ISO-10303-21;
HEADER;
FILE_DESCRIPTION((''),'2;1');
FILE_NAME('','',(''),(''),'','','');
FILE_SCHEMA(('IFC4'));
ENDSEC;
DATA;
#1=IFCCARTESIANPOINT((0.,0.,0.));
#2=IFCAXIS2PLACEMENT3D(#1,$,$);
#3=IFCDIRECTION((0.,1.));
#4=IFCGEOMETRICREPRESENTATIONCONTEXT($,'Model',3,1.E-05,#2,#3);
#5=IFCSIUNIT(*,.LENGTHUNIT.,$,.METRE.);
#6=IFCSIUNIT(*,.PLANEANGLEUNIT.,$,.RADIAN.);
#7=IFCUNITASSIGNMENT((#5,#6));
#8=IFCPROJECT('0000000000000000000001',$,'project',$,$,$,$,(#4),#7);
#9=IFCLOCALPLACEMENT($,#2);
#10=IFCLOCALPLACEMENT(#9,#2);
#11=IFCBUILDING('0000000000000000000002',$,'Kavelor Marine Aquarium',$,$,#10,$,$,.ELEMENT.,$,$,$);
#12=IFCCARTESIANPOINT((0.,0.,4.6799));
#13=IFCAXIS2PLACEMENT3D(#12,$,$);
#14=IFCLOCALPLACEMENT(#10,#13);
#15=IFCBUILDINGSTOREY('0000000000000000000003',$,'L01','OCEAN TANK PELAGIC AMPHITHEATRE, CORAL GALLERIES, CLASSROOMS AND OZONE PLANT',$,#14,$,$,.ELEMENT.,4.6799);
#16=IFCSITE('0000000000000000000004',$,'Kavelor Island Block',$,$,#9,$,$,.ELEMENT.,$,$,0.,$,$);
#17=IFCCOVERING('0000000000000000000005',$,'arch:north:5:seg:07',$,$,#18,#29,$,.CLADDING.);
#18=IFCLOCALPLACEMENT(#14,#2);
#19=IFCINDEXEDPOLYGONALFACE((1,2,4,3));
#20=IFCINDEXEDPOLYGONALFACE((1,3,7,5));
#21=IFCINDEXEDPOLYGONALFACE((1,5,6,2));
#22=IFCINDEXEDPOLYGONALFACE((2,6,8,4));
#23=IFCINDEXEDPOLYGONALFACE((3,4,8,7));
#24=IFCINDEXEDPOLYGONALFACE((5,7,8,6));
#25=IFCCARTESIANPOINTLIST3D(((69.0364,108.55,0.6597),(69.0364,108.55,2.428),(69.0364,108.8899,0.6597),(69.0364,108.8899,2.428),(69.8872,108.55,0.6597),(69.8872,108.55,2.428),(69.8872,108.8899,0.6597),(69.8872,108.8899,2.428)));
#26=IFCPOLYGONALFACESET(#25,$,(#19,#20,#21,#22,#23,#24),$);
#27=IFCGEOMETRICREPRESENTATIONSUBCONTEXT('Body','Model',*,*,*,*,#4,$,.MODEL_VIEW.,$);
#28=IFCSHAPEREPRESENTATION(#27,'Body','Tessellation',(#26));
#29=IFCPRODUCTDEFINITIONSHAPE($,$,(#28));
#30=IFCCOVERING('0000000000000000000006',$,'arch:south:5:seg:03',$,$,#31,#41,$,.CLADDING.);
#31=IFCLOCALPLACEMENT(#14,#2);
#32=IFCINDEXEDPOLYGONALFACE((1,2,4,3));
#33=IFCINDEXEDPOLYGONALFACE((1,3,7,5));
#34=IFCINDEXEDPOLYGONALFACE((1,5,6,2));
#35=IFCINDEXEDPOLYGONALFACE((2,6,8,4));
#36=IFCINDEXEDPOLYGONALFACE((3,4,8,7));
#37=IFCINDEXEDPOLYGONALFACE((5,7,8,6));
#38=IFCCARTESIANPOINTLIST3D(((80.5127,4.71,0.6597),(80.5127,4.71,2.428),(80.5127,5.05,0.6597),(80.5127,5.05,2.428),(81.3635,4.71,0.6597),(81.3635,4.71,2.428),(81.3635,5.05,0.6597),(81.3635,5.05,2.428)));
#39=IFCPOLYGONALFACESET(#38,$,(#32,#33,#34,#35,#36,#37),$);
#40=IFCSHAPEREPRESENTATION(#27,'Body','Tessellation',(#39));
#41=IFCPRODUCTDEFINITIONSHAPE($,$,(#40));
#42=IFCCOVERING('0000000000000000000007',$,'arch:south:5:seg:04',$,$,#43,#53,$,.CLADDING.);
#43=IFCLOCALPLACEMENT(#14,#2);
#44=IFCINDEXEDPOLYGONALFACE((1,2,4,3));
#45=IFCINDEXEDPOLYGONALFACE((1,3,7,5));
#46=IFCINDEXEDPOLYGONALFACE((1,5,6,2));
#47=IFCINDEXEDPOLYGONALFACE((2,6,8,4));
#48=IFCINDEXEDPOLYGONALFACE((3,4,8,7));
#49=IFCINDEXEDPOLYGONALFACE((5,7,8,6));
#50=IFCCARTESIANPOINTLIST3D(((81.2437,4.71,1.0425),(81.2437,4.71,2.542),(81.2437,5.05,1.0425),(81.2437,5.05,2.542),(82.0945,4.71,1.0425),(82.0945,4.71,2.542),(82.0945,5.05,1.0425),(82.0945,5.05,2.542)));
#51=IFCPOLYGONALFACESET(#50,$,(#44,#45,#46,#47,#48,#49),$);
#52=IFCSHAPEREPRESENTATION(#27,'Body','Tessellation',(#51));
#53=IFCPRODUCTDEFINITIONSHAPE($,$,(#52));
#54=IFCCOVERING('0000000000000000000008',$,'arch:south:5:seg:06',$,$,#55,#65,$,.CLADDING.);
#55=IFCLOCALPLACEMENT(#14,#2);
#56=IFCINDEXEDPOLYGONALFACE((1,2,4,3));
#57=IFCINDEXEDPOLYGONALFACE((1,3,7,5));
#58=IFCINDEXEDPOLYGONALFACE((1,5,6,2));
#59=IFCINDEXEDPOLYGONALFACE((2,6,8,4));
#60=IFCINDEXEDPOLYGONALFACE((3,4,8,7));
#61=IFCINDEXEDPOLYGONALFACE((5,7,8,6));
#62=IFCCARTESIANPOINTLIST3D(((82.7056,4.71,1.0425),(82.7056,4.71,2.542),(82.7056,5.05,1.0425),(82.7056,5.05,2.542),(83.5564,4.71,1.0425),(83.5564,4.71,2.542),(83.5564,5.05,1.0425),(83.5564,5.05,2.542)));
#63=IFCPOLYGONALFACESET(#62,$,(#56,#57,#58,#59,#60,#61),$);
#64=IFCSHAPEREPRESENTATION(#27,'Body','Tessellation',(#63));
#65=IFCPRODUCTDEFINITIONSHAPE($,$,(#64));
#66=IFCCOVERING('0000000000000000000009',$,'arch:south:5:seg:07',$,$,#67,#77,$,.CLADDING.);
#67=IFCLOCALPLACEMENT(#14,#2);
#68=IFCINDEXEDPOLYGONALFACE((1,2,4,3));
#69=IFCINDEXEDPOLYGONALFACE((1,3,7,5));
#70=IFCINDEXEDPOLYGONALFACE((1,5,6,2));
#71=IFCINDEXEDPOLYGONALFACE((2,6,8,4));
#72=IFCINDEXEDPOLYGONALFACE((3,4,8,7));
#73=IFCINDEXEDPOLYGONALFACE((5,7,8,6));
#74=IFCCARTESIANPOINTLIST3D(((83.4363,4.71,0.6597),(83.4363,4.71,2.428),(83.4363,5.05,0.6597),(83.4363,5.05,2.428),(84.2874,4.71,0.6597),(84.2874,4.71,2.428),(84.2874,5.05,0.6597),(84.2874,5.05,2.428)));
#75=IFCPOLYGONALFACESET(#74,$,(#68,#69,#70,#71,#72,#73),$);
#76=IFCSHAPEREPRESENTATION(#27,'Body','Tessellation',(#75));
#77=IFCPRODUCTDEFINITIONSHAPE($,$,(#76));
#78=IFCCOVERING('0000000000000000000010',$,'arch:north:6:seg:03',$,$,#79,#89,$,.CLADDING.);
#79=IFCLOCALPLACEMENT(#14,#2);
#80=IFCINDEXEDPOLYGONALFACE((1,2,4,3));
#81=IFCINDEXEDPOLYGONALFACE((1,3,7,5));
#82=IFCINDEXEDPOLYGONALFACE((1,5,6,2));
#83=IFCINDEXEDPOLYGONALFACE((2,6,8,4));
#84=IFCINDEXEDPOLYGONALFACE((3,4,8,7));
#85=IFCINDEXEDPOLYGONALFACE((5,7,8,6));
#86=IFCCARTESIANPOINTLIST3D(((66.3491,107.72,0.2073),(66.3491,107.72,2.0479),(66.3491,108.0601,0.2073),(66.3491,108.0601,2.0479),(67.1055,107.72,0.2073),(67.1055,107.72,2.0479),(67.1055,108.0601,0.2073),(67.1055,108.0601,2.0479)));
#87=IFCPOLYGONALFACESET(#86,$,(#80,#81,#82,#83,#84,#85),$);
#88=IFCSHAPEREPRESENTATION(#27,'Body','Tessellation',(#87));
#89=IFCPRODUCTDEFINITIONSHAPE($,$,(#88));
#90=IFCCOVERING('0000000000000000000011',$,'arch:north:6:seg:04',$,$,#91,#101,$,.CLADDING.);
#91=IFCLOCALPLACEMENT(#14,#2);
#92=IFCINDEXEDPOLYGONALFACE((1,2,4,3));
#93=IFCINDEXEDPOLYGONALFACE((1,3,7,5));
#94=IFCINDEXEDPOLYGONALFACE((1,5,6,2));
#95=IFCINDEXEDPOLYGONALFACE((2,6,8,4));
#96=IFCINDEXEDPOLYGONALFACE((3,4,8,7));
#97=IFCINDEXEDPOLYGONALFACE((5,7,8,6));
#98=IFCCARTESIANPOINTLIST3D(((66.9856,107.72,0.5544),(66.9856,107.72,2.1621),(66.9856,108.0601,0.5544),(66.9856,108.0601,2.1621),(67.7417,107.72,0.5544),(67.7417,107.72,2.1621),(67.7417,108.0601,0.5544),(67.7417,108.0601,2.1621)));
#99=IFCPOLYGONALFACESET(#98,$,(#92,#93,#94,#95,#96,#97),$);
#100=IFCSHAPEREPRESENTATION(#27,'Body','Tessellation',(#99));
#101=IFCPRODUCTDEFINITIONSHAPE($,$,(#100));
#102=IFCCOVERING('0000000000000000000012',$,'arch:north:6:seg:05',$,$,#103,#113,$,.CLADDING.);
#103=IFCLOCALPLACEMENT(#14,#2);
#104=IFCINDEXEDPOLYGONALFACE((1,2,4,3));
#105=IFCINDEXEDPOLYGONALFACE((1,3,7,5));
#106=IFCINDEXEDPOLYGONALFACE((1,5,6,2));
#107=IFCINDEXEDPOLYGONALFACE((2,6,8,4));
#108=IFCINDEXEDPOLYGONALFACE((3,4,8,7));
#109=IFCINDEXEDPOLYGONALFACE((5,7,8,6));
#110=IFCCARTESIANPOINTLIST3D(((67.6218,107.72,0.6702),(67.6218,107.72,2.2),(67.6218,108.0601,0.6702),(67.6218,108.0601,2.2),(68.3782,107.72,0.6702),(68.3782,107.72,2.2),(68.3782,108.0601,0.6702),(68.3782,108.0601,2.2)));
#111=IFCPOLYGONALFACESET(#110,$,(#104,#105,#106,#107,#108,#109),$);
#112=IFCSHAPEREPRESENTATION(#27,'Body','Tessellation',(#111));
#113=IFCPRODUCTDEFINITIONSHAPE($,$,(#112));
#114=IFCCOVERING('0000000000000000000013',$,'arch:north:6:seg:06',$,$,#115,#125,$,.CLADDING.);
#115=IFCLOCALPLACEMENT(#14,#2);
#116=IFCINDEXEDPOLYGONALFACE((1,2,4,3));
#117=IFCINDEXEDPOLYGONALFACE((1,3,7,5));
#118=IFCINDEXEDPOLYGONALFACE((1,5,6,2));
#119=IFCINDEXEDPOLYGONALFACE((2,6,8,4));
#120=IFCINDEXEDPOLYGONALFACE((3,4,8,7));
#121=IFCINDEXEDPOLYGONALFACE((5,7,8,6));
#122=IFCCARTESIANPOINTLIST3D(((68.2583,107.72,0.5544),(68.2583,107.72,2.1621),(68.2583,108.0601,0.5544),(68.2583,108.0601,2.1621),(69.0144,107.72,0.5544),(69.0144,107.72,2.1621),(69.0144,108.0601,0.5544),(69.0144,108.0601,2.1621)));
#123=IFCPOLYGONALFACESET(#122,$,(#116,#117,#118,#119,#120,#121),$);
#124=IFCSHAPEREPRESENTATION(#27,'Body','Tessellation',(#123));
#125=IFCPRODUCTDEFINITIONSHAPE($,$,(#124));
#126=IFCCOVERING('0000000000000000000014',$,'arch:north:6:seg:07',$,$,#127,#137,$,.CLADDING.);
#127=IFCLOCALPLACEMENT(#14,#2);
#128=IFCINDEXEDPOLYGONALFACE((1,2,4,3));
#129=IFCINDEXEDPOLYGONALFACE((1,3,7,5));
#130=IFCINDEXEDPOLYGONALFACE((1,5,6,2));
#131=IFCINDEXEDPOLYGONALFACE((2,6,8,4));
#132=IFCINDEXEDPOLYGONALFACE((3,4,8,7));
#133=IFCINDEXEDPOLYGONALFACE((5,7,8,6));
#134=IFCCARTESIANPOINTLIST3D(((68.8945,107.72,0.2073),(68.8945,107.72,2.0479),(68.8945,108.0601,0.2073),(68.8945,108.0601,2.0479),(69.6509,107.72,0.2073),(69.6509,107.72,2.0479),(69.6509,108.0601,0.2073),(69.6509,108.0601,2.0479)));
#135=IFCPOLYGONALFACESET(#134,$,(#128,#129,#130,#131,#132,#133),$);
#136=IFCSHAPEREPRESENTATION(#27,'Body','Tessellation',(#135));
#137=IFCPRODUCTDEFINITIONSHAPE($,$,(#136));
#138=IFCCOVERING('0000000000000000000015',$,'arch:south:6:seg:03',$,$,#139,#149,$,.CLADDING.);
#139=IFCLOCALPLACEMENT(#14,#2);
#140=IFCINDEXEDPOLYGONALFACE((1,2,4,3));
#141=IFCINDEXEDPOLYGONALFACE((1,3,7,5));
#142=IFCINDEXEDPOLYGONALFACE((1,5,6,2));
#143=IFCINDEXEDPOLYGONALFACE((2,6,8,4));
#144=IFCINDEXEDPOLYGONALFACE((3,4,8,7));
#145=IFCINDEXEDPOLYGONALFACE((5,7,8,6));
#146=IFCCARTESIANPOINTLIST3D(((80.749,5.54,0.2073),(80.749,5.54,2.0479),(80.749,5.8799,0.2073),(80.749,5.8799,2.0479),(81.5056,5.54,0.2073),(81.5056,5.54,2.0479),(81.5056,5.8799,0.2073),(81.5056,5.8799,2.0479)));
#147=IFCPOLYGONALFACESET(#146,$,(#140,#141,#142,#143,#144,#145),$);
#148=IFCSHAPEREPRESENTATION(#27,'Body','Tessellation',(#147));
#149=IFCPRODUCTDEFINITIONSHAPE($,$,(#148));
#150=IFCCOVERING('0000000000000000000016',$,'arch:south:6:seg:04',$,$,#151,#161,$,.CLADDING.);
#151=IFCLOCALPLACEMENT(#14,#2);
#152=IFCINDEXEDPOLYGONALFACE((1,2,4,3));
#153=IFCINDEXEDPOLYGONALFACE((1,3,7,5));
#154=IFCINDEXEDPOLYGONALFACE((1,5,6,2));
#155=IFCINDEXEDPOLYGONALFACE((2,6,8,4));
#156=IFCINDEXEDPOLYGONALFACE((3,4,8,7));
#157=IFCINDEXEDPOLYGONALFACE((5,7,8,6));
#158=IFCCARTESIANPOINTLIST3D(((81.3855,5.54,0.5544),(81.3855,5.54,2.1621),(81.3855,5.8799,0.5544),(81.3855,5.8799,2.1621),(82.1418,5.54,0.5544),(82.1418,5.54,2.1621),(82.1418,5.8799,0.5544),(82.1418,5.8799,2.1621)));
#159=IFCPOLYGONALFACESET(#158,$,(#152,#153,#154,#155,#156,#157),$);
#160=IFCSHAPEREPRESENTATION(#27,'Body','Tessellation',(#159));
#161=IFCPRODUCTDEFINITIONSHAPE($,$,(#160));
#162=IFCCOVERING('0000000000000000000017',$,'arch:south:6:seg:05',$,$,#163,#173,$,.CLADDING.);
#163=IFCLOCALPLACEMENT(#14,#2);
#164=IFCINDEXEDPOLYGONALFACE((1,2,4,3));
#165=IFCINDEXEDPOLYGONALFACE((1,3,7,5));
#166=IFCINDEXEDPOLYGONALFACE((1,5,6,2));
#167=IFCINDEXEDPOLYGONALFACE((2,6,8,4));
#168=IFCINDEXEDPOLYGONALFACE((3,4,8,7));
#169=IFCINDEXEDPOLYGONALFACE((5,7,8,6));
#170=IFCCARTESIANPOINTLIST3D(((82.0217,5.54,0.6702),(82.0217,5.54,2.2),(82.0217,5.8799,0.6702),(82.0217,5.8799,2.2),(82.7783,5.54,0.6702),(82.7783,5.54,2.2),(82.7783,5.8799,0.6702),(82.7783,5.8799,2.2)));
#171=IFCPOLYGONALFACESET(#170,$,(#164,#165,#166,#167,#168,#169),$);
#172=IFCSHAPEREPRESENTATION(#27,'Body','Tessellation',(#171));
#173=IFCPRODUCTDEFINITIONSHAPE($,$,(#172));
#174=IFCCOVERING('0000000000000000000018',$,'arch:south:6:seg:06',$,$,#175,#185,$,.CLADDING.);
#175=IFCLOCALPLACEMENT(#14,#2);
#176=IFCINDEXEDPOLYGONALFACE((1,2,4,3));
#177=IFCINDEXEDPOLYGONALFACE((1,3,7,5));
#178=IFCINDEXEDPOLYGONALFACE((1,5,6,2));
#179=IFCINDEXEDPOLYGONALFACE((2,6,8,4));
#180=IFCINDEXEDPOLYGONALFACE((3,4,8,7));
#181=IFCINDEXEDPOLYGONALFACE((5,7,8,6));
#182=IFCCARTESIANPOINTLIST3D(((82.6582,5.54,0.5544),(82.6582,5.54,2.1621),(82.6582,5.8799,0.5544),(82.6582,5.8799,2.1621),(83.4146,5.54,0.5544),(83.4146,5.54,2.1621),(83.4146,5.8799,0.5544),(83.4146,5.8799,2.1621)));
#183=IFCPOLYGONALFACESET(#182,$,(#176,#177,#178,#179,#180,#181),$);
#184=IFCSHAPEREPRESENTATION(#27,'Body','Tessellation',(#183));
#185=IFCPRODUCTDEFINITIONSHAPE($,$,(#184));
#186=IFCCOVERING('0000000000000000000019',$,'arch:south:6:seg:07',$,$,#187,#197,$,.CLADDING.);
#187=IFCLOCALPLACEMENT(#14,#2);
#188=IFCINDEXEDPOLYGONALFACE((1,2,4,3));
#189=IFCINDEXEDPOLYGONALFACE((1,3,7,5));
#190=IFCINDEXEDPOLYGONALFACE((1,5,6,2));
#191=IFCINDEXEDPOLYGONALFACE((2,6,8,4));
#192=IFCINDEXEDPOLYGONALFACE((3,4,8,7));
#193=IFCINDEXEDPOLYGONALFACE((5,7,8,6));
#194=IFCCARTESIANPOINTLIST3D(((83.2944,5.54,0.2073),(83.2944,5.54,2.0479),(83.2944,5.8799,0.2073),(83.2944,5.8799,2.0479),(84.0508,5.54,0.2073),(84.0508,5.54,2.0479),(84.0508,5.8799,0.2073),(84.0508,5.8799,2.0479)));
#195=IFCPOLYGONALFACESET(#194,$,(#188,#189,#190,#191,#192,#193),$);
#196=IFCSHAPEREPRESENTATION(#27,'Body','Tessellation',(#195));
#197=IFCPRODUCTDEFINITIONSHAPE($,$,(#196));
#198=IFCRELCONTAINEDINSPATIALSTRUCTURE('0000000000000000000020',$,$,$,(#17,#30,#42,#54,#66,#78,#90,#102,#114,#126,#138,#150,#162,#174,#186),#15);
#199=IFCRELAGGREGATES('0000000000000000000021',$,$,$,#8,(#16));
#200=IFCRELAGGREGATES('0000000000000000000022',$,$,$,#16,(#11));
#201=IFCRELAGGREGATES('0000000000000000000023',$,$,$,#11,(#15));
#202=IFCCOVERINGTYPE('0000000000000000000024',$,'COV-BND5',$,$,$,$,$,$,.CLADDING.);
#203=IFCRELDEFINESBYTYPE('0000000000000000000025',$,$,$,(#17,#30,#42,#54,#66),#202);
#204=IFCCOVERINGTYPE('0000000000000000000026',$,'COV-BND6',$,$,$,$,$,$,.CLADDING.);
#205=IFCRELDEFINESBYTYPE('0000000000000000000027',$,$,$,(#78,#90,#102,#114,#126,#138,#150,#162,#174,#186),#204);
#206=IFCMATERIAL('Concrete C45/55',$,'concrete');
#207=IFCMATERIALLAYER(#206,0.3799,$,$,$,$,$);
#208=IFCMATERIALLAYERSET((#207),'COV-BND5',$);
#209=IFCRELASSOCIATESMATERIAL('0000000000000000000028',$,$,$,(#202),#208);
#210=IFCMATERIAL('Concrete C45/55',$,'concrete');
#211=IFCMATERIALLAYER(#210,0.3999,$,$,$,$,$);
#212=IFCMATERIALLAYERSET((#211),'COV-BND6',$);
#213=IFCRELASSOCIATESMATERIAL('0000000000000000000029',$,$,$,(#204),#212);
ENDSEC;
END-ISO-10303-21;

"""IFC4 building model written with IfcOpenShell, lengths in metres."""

from ifc_helpers import new_model, si_unit, direction, frame, origin, place, context, subcontext, project, spatial, polyline, outline, extrude, material, layer, layer_set, type_object, element, save


model = new_model("IFC4")

# Units and contexts
model_context = context("Model", 3, precision=1e-05, world=origin(), true_north=direction((0.0, 1.0)))
body_context = subcontext(model_context, "Body", "Model", "MODEL_VIEW")
ifc_project = project(units=[si_unit("LENGTHUNIT", "METRE"), si_unit("PLANEANGLEUNIT", "RADIAN")], contexts=[model_context])

# Site, building, storey
site_placement = place(None, origin())
site = spatial("IfcSite", under=ifc_project, at=site_placement, Name="Kavelor Island Block", CompositionType="ELEMENT", RefElevation=0.0)
building_placement = place(site_placement, origin())
building = spatial("IfcBuilding", under=site, at=building_placement, Name="Kavelor Marine Aquarium", CompositionType="ELEMENT")
storey_placement = place(building_placement, frame((0.0, 0.0, 4.6799)))
storey = spatial("IfcBuildingStorey", under=building, at=storey_placement, Name="L01", Description="OCEAN TANK PELAGIC AMPHITHEATRE, CORAL GALLERIES, CLASSROOMS AND OZONE PLANT", CompositionType="ELEMENT", Elevation=4.6799)

# Coverings
ifc_material_1 = material(Name="Concrete C45/55", Category="concrete")
ifc_layer_1 = layer(ifc_material_1, 0.3799)
ifc_layer_set_1 = layer_set([ifc_layer_1], Name="COV-BND5")
covering_type_1 = type_object("IfcCoveringType", Name="COV-BND5", PredefinedType="CLADDING", material=ifc_layer_set_1)
covering_1_placement = place(storey_placement, frame((0.0, 0.0, 0.6597)))
element("IfcCovering", 1, at=covering_1_placement, inside=storey, type_object=covering_type_1, Name="arch:north:5:seg:07", PredefinedType="CLADDING", context=body_context, shape_type="SweptSolid", body=[
    extrude(outline(polyline([(69.0364, 108.55), (69.8872, 108.55), (69.8872, 108.8899), (69.0364, 108.8899), (69.0364, 108.55)])), origin(), (0.0, 0.0, 1.0), 1.7683),
])
covering_2_placement = place(storey_placement, frame((0.0, 0.0, 0.6597)))
element("IfcCovering", 2, at=covering_2_placement, inside=storey, type_object=covering_type_1, Name="arch:south:5:seg:03", PredefinedType="CLADDING", context=body_context, shape_type="SweptSolid", body=[
    extrude(outline(polyline([(80.5127, 4.71), (81.3635, 4.71), (81.3635, 5.05), (80.5127, 5.05), (80.5127, 4.71)])), origin(), (0.0, 0.0, 1.0), 1.7683),
])
covering_3_placement = place(storey_placement, frame((0.0, 0.0, 1.0425)))
element("IfcCovering", 3, at=covering_3_placement, inside=storey, type_object=covering_type_1, Name="arch:south:5:seg:04", PredefinedType="CLADDING", context=body_context, shape_type="SweptSolid", body=[
    extrude(outline(polyline([(81.2437, 4.71), (82.0945, 4.71), (82.0945, 5.05), (81.2437, 5.05), (81.2437, 4.71)])), origin(), (0.0, 0.0, 1.0), 1.4995),
])
covering_4_placement = place(storey_placement, frame((0.0, 0.0, 1.0425)))
element("IfcCovering", 4, at=covering_4_placement, inside=storey, type_object=covering_type_1, Name="arch:south:5:seg:06", PredefinedType="CLADDING", context=body_context, shape_type="SweptSolid", body=[
    extrude(outline(polyline([(82.7056, 4.71), (83.5564, 4.71), (83.5564, 5.05), (82.7056, 5.05), (82.7056, 4.71)])), origin(), (0.0, 0.0, 1.0), 1.4995),
])
covering_5_placement = place(storey_placement, frame((0.0, 0.0, 0.6597)))
element("IfcCovering", 5, at=covering_5_placement, inside=storey, type_object=covering_type_1, Name="arch:south:5:seg:07", PredefinedType="CLADDING", context=body_context, shape_type="SweptSolid", body=[
    extrude(outline(polyline([(83.4363, 4.71), (84.2874, 4.71), (84.2874, 5.05), (83.4363, 5.05), (83.4363, 4.71)])), origin(), (0.0, 0.0, 1.0), 1.7683),
])
ifc_material_2 = material(Name="Concrete C45/55", Category="concrete")
ifc_layer_2 = layer(ifc_material_2, 0.3999)
ifc_layer_set_2 = layer_set([ifc_layer_2], Name="COV-BND6")
covering_type_2 = type_object("IfcCoveringType", Name="COV-BND6", PredefinedType="CLADDING", material=ifc_layer_set_2)
covering_6_placement = place(storey_placement, frame((0.0, 0.0, 0.2073)))
element("IfcCovering", 6, at=covering_6_placement, inside=storey, type_object=covering_type_2, Name="arch:north:6:seg:03", PredefinedType="CLADDING", context=body_context, shape_type="SweptSolid", body=[
    extrude(outline(polyline([(66.3491, 107.72), (67.1055, 107.72), (67.1055, 108.0601), (66.3491, 108.0601), (66.3491, 107.72)])), origin(), (0.0, 0.0, 1.0), 1.8406),
])
covering_7_placement = place(storey_placement, frame((0.0, 0.0, 0.5544)))
element("IfcCovering", 7, at=covering_7_placement, inside=storey, type_object=covering_type_2, Name="arch:north:6:seg:04", PredefinedType="CLADDING", context=body_context, shape_type="SweptSolid", body=[
    extrude(outline(polyline([(66.9856, 107.72), (67.7417, 107.72), (67.7417, 108.0601), (66.9856, 108.0601), (66.9856, 107.72)])), origin(), (0.0, 0.0, 1.0), 1.6077),
])
covering_8_placement = place(storey_placement, frame((0.0, 0.0, 0.6702)))
element("IfcCovering", 8, at=covering_8_placement, inside=storey, type_object=covering_type_2, Name="arch:north:6:seg:05", PredefinedType="CLADDING", context=body_context, shape_type="SweptSolid", body=[
    extrude(outline(polyline([(67.6218, 107.72), (68.3782, 107.72), (68.3782, 108.0601), (67.6218, 108.0601), (67.6218, 107.72)])), origin(), (0.0, 0.0, 1.0), 1.5298),
])
covering_9_placement = place(storey_placement, frame((0.0, 0.0, 0.5544)))
element("IfcCovering", 9, at=covering_9_placement, inside=storey, type_object=covering_type_2, Name="arch:north:6:seg:06", PredefinedType="CLADDING", context=body_context, shape_type="SweptSolid", body=[
    extrude(outline(polyline([(68.2583, 107.72), (69.0144, 107.72), (69.0144, 108.0601), (68.2583, 108.0601), (68.2583, 107.72)])), origin(), (0.0, 0.0, 1.0), 1.6077),
])
covering_10_placement = place(storey_placement, frame((0.0, 0.0, 0.2073)))
element("IfcCovering", 10, at=covering_10_placement, inside=storey, type_object=covering_type_2, Name="arch:north:6:seg:07", PredefinedType="CLADDING", context=body_context, shape_type="SweptSolid", body=[
    extrude(outline(polyline([(68.8945, 107.72), (69.6509, 107.72), (69.6509, 108.0601), (68.8945, 108.0601), (68.8945, 107.72)])), origin(), (0.0, 0.0, 1.0), 1.8406),
])
covering_11_placement = place(storey_placement, frame((0.0, 0.0, 0.2073)))
element("IfcCovering", 11, at=covering_11_placement, inside=storey, type_object=covering_type_2, Name="arch:south:6:seg:03", PredefinedType="CLADDING", context=body_context, shape_type="SweptSolid", body=[
    extrude(outline(polyline([(80.749, 5.54), (81.5056, 5.54), (81.5056, 5.8799), (80.749, 5.8799), (80.749, 5.54)])), origin(), (0.0, 0.0, 1.0), 1.8406),
])
covering_12_placement = place(storey_placement, frame((0.0, 0.0, 0.5544)))
element("IfcCovering", 12, at=covering_12_placement, inside=storey, type_object=covering_type_2, Name="arch:south:6:seg:04", PredefinedType="CLADDING", context=body_context, shape_type="SweptSolid", body=[
    extrude(outline(polyline([(81.3855, 5.54), (82.1418, 5.54), (82.1418, 5.8799), (81.3855, 5.8799), (81.3855, 5.54)])), origin(), (0.0, 0.0, 1.0), 1.6077),
])
covering_13_placement = place(storey_placement, frame((0.0, 0.0, 0.6702)))
element("IfcCovering", 13, at=covering_13_placement, inside=storey, type_object=covering_type_2, Name="arch:south:6:seg:05", PredefinedType="CLADDING", context=body_context, shape_type="SweptSolid", body=[
    extrude(outline(polyline([(82.0217, 5.54), (82.7783, 5.54), (82.7783, 5.8799), (82.0217, 5.8799), (82.0217, 5.54)])), origin(), (0.0, 0.0, 1.0), 1.5298),
])
covering_14_placement = place(storey_placement, frame((0.0, 0.0, 0.5544)))
element("IfcCovering", 14, at=covering_14_placement, inside=storey, type_object=covering_type_2, Name="arch:south:6:seg:06", PredefinedType="CLADDING", context=body_context, shape_type="SweptSolid", body=[
    extrude(outline(polyline([(82.6582, 5.54), (83.4146, 5.54), (83.4146, 5.8799), (82.6582, 5.8799), (82.6582, 5.54)])), origin(), (0.0, 0.0, 1.0), 1.6077),
])
covering_15_placement = place(storey_placement, frame((0.0, 0.0, 0.2073)))
element("IfcCovering", 15, at=covering_15_placement, inside=storey, type_object=covering_type_2, Name="arch:south:6:seg:07", PredefinedType="CLADDING", context=body_context, shape_type="SweptSolid", body=[
    extrude(outline(polyline([(83.2944, 5.54), (84.0508, 5.54), (84.0508, 5.8799), (83.2944, 5.8799), (83.2944, 5.54)])), origin(), (0.0, 0.0, 1.0), 1.8406),
])

save(model, "model.ifc")
